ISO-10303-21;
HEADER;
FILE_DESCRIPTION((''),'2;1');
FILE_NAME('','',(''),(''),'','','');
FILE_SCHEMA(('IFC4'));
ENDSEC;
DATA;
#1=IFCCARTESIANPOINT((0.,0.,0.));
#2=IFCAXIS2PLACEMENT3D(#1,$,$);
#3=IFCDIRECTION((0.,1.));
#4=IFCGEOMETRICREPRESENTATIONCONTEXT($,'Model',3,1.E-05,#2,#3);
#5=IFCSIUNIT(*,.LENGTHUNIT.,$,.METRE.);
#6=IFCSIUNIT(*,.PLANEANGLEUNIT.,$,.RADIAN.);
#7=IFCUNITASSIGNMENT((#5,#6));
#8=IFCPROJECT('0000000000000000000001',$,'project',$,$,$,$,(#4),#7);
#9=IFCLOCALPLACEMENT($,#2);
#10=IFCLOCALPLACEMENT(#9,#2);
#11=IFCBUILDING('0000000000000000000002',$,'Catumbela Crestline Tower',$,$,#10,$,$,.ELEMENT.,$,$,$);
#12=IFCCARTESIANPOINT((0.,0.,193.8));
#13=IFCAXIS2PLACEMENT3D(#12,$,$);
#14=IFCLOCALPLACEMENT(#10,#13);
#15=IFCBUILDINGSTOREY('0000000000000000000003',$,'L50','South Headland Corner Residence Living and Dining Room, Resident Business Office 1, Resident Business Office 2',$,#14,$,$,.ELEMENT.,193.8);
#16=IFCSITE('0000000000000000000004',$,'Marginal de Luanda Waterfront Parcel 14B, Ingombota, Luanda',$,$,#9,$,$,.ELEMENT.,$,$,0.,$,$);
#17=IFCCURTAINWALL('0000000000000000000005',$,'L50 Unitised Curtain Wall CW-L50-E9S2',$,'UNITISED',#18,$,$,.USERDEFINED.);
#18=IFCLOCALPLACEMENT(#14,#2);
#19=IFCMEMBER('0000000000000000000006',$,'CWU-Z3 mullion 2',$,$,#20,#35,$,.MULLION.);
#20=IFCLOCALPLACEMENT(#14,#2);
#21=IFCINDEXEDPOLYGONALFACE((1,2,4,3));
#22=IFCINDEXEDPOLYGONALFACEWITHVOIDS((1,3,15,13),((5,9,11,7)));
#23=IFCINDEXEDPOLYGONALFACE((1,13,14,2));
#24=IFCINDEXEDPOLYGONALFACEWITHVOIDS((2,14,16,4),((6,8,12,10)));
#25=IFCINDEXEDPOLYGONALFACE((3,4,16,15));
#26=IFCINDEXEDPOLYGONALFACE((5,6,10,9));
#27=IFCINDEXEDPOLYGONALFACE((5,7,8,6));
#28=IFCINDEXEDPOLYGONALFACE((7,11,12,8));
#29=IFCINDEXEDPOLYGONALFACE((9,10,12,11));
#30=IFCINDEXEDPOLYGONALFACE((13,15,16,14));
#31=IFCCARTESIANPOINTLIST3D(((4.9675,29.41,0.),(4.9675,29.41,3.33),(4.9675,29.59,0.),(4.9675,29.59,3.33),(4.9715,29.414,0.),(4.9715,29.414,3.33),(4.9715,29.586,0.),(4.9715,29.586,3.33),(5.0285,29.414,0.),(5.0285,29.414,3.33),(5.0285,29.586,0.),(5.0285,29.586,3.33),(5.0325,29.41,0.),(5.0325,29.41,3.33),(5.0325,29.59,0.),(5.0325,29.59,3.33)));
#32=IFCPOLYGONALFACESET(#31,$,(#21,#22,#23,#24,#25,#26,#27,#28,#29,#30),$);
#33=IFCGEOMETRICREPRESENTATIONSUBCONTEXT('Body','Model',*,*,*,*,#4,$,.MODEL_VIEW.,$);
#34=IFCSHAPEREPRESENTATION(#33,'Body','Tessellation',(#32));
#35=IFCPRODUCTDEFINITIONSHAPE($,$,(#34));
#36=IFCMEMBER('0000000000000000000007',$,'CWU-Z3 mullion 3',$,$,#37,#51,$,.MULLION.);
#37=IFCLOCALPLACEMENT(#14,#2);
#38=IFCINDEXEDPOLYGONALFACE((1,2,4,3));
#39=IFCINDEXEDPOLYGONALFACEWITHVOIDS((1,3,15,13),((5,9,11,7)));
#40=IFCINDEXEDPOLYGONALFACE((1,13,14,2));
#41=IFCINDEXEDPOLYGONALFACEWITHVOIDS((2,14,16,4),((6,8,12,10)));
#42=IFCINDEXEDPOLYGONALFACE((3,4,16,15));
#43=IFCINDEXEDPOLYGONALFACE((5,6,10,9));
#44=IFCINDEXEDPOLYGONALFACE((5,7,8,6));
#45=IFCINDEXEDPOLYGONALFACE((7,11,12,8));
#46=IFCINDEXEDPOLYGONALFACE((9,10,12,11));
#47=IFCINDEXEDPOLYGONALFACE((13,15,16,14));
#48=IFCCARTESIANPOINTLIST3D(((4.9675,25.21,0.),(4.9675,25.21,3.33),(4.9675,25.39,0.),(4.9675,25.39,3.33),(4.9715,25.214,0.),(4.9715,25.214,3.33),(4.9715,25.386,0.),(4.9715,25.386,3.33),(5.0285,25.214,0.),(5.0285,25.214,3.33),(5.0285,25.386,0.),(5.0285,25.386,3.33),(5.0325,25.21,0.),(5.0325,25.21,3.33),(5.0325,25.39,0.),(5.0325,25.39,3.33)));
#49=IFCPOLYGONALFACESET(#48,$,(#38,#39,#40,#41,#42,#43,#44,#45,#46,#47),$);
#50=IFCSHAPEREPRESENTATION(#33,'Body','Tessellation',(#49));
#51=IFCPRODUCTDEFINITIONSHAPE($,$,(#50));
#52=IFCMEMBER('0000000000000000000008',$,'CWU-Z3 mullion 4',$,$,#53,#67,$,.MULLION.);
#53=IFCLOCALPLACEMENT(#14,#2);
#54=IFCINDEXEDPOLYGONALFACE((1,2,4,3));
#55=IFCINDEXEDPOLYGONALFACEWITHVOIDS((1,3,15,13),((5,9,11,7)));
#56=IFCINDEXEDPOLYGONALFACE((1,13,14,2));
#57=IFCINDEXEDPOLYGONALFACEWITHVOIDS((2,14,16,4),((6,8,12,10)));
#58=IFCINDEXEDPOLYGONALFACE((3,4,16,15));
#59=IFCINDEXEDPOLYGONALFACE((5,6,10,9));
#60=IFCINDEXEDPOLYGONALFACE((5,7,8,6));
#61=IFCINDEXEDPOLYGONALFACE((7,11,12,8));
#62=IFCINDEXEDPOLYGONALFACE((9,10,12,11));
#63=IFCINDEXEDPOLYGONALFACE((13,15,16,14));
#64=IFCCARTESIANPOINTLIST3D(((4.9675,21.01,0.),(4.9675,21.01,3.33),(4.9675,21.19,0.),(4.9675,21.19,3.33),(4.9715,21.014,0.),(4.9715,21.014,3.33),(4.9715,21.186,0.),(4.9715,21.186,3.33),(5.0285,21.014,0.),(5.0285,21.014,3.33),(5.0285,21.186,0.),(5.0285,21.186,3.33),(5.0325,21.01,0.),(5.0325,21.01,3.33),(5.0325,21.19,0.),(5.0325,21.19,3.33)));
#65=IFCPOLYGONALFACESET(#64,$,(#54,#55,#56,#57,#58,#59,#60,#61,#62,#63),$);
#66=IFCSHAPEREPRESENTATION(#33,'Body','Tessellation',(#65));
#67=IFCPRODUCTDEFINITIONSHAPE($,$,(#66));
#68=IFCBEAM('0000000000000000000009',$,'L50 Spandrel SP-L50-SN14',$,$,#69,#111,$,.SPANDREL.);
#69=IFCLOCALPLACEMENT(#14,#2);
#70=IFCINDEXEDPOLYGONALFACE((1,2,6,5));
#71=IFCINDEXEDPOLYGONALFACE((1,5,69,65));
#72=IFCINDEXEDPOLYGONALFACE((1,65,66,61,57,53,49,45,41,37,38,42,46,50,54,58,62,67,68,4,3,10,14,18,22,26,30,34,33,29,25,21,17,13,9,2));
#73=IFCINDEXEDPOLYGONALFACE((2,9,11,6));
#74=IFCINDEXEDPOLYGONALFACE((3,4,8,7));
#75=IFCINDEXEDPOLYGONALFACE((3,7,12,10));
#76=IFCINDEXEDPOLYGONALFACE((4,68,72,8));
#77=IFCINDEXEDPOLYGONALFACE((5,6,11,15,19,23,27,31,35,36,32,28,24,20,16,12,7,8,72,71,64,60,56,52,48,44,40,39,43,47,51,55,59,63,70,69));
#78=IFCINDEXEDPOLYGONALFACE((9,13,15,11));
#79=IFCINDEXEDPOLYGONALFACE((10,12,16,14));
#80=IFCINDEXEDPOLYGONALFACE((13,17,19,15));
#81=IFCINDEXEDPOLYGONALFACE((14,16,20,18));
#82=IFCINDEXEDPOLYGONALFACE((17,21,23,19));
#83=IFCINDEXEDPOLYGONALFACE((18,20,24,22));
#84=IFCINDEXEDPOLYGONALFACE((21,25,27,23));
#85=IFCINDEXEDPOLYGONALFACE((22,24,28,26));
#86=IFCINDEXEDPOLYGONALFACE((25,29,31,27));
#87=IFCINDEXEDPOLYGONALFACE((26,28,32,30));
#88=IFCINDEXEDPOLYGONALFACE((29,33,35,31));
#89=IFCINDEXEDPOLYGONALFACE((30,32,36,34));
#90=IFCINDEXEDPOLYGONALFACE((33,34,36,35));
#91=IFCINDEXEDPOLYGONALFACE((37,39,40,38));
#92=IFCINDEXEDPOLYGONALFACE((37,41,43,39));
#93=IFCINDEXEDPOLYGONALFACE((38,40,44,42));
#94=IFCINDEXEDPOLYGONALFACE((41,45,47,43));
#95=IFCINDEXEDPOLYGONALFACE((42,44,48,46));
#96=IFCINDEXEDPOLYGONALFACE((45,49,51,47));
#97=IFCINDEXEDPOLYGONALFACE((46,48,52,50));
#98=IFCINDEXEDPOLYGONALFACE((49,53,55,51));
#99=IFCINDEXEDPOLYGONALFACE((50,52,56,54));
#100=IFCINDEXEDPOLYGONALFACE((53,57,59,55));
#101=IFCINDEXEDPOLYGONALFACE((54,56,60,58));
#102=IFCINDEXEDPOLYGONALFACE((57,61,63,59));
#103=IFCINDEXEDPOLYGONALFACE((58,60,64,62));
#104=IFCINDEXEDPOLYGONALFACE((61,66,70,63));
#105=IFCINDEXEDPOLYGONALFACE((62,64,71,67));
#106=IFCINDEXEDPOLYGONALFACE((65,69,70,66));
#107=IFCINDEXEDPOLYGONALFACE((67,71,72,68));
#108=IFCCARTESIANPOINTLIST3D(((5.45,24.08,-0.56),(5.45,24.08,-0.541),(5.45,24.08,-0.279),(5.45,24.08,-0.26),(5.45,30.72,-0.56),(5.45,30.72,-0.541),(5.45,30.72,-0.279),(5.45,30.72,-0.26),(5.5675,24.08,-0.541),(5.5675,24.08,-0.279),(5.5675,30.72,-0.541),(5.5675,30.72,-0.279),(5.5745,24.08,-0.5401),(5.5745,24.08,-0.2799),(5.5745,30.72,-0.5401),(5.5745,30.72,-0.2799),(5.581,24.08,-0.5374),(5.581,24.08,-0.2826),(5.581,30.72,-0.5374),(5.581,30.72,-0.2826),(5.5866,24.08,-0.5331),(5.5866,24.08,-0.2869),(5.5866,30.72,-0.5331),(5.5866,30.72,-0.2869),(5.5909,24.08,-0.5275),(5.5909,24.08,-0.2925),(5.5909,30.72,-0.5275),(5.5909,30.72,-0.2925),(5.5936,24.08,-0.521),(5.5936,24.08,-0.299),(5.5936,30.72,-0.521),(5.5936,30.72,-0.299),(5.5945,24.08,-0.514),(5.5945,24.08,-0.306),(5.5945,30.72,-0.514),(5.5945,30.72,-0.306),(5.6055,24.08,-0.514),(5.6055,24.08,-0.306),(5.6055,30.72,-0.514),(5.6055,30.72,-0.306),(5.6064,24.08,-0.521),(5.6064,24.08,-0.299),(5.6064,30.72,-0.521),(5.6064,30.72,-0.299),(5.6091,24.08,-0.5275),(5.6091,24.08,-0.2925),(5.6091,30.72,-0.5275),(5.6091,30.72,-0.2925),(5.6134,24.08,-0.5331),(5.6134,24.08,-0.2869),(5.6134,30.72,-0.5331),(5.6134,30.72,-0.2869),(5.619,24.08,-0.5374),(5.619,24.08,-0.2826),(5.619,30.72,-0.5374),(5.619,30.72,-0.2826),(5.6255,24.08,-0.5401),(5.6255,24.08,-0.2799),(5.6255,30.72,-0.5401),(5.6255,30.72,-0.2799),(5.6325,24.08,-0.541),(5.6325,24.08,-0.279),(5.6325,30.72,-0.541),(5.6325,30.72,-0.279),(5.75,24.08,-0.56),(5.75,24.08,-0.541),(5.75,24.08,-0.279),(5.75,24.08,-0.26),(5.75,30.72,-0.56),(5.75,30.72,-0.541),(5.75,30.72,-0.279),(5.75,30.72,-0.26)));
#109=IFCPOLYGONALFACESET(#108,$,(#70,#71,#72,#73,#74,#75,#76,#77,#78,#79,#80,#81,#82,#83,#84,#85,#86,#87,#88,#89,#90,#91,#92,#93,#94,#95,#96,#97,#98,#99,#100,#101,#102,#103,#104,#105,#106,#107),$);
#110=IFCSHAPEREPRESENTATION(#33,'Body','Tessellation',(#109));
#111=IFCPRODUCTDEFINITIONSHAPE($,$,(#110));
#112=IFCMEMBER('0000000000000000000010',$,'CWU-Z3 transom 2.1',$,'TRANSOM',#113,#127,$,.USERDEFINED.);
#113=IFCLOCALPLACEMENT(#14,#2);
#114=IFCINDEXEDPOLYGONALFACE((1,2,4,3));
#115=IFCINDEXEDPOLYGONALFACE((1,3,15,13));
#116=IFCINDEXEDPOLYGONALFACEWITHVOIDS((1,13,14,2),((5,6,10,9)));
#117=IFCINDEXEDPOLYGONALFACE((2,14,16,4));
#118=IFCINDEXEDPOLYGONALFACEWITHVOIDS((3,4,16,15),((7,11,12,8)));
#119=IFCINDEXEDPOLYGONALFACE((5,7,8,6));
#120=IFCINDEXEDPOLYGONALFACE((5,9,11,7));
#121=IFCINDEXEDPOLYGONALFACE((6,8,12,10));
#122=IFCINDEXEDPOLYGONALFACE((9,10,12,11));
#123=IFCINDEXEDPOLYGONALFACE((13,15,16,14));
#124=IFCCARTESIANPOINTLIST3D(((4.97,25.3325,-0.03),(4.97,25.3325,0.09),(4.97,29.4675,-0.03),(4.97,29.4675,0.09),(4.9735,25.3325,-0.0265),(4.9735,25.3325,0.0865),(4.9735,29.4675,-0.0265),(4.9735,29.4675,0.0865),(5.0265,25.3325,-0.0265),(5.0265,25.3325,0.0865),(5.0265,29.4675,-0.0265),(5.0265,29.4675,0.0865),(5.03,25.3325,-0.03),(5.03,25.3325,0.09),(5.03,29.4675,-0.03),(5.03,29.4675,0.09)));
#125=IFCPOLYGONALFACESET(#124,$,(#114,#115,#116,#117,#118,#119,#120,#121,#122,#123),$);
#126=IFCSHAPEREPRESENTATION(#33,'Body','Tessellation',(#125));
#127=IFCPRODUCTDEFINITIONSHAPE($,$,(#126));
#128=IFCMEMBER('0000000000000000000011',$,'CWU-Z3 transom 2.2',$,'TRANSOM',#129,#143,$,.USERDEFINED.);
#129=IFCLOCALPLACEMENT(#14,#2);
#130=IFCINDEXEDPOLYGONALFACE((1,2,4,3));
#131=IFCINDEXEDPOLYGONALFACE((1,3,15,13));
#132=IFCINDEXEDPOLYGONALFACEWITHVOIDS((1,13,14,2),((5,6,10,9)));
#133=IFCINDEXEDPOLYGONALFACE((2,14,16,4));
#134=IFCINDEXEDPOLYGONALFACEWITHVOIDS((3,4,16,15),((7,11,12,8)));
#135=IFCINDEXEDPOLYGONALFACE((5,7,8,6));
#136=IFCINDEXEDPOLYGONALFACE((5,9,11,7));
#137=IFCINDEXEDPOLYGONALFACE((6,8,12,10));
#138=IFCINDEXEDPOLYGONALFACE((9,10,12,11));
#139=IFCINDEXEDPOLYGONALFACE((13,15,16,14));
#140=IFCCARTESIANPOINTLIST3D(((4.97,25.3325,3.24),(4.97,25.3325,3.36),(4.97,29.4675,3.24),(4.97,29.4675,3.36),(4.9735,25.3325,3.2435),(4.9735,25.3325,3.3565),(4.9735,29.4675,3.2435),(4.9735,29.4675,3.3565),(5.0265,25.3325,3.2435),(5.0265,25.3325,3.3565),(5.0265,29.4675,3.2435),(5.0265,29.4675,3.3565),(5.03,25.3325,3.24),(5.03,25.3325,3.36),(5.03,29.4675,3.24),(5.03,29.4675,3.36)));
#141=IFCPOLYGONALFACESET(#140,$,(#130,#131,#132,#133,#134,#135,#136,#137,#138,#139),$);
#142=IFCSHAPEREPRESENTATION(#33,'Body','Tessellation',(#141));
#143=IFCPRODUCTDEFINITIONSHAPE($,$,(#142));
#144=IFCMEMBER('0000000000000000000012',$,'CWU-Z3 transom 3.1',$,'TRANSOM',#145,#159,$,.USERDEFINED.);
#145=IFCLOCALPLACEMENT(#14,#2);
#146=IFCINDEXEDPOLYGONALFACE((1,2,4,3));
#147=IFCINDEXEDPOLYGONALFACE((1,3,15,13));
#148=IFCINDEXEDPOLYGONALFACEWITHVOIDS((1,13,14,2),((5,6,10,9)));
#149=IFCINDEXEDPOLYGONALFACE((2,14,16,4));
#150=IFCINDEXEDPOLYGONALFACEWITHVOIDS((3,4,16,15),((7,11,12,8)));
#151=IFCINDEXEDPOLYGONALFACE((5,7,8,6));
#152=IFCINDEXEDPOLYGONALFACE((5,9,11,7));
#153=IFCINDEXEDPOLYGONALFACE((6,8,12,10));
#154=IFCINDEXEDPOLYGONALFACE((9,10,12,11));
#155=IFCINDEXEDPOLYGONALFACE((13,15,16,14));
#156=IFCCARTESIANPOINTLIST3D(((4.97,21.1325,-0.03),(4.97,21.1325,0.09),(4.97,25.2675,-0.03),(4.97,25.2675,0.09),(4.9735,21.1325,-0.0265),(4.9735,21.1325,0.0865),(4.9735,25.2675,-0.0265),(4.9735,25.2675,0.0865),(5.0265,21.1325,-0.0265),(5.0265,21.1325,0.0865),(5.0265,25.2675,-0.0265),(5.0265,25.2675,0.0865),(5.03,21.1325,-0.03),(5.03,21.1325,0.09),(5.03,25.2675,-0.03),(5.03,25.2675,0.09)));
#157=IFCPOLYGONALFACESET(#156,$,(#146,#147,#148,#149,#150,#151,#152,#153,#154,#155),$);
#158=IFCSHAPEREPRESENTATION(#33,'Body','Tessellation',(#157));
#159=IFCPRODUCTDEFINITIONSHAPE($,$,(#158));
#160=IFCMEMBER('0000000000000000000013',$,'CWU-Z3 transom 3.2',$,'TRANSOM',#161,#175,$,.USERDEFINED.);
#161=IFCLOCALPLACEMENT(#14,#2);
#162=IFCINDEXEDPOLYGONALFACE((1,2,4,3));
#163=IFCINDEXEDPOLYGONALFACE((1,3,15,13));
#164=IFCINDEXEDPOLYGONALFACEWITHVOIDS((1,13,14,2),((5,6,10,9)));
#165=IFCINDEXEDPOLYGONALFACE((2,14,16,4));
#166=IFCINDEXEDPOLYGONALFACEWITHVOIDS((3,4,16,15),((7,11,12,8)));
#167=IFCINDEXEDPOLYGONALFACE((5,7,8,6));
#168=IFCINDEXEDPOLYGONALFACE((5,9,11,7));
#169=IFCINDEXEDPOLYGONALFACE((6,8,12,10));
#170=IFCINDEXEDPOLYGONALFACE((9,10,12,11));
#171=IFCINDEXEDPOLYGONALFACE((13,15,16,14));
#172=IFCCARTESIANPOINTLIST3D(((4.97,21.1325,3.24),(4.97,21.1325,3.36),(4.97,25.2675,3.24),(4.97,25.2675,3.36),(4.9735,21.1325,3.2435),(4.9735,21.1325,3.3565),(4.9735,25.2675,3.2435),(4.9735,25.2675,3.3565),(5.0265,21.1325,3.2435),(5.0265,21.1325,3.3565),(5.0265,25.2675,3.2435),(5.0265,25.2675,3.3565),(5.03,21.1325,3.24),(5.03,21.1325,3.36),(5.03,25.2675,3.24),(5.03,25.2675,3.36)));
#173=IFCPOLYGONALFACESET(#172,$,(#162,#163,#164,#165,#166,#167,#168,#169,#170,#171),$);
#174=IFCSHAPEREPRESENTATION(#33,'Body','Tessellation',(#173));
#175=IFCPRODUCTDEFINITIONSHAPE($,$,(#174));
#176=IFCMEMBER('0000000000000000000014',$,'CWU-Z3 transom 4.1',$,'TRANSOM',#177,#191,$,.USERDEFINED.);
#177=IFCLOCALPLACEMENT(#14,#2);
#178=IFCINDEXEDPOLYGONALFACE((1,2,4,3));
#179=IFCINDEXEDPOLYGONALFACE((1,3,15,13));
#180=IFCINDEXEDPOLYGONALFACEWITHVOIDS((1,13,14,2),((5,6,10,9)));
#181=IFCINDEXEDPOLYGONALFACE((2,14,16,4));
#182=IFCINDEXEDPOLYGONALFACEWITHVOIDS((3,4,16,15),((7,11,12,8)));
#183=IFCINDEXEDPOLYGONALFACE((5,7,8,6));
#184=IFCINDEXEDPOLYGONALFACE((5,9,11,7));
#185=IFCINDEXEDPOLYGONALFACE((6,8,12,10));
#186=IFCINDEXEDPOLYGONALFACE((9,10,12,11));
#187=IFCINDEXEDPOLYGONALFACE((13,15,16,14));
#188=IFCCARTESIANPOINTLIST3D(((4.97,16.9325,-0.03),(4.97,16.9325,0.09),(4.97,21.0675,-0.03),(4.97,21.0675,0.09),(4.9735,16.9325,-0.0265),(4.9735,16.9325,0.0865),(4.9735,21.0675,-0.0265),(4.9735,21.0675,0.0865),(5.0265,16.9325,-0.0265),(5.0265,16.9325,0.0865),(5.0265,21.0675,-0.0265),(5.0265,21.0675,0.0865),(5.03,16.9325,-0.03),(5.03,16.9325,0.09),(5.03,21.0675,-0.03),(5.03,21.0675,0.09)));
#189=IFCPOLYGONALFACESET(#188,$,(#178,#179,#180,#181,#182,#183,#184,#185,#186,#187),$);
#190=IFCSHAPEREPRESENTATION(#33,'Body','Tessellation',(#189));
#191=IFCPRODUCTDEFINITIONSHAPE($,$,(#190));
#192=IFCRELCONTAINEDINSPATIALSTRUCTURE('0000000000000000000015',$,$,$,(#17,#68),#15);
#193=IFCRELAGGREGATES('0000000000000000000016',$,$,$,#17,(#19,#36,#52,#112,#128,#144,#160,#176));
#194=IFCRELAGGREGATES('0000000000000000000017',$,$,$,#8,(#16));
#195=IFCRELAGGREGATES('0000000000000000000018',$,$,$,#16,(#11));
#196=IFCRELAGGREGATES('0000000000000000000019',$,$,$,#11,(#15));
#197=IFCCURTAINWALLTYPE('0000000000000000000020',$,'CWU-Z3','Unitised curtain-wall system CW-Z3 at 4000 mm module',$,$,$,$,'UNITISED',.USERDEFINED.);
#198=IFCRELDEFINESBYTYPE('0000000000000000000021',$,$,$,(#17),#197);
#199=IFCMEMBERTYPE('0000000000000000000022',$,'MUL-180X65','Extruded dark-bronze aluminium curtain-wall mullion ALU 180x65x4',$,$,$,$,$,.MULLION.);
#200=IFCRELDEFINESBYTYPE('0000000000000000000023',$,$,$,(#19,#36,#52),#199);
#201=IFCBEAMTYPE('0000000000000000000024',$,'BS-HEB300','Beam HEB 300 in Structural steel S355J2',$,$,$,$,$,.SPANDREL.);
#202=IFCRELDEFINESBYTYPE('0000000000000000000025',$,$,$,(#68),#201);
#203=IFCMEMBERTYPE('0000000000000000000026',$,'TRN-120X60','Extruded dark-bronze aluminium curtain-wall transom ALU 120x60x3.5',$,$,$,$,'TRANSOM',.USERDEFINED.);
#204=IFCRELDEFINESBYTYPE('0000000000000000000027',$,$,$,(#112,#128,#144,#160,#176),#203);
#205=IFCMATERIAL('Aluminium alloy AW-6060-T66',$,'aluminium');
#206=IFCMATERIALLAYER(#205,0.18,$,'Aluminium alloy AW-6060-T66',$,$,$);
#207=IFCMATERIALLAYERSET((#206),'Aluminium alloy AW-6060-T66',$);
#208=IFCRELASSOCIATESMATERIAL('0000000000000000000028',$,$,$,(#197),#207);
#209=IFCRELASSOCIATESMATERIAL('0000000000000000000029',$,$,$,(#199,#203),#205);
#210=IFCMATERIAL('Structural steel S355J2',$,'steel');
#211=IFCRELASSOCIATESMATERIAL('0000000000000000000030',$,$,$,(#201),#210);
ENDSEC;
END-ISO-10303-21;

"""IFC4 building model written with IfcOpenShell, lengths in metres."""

from ifc_helpers import new_model, si_unit, direction, frame, origin, origin_2d, place, context, subcontext, project, spatial, hollow_rectangle, i_section, extrude, material, layer, layer_set, material_profile, profile_set, type_object, element, aggregate, save


model = new_model("IFC4")

# Units and contexts
model_context = context("Model", 3, precision=1e-05, world=origin(), true_north=direction((0.0, 1.0)))
body_context = subcontext(model_context, "Body", "Model", "MODEL_VIEW")
ifc_project = project(units=[si_unit("LENGTHUNIT", "METRE"), si_unit("PLANEANGLEUNIT", "RADIAN")], contexts=[model_context])

# Site, building, storey
site_placement = place(None, origin())
site = spatial("IfcSite", under=ifc_project, at=site_placement, Name="Marginal de Luanda Waterfront Parcel 14B, Ingombota, Luanda", CompositionType="ELEMENT", RefElevation=0.0)
building_placement = place(site_placement, origin())
building = spatial("IfcBuilding", under=site, at=building_placement, Name="Catumbela Crestline Tower", CompositionType="ELEMENT")
storey_placement = place(building_placement, frame((0.0, 0.0, 193.8)))
storey = spatial("IfcBuildingStorey", under=building, at=storey_placement, Name="L50", Description="South Headland Corner Residence Living and Dining Room, Resident Business Office 1, Resident Business Office 2", CompositionType="ELEMENT", Elevation=193.8)

# Shared definitions
ifc_material_1 = material(Name="Structural steel S355J2", Category="steel")

# Curtain wall, members
ifc_material_2 = material(Name="Aluminium alloy AW-6060-T66", Category="aluminium")
ifc_layer_1 = layer(ifc_material_2, 0.18, Name="Aluminium alloy AW-6060-T66")
ifc_layer_set_1 = layer_set([ifc_layer_1], Name="Aluminium alloy AW-6060-T66")
curtain_wall_type = type_object("IfcCurtainWallType", Name="CWU-Z3", Description="Unitised curtain-wall system CW-Z3 at 4000 mm module", ElementType="UNITISED", PredefinedType="USERDEFINED", material=ifc_layer_set_1)
curtain_wall_placement = place(storey_placement, origin())
curtain_wall = element("IfcCurtainWall", 1, at=curtain_wall_placement, inside=storey, type_object=curtain_wall_type, Name="L50 Unitised Curtain Wall CW-L50-E9S2", ObjectType="UNITISED", PredefinedType="USERDEFINED")
ifc_material_profile_1 = material_profile(ifc_material_2, hollow_rectangle(XDim=0.065, YDim=0.18, WallThickness=0.004, at=origin_2d()), Name="ALU 180x65x4")
ifc_profile_set_1 = profile_set([ifc_material_profile_1], Name="Aluminium alloy AW-6060-T66")
member_type_1 = type_object("IfcMemberType", Name="MUL-180X65", Description="Extruded dark-bronze aluminium curtain-wall mullion ALU 180x65x4", PredefinedType="MULLION", material=ifc_profile_set_1)
member_1_placement = place(storey_placement, frame((5.0, 29.5, 0.0), z_axis=(0.0, 0.0, 1.0), x_axis=(1.0, 0.0, 0.0)))
member_1 = element("IfcMember", 2, at=member_1_placement, type_object=member_type_1, Name="CWU-Z3 mullion 2", PredefinedType="MULLION", context=body_context, shape_type="SweptSolid", body=[
    extrude(hollow_rectangle(XDim=0.065, YDim=0.18, WallThickness=0.004, at=origin_2d()), origin(), (0.0, 0.0, 1.0), 3.33),
])
member_2_placement = place(storey_placement, frame((5.0, 25.3, 0.0), z_axis=(0.0, 0.0, 1.0), x_axis=(1.0, 0.0, 0.0)))
member_2 = element("IfcMember", 3, at=member_2_placement, type_object=member_type_1, Name="CWU-Z3 mullion 3", PredefinedType="MULLION", context=body_context, shape_type="SweptSolid", body=[
    extrude(hollow_rectangle(XDim=0.065, YDim=0.18, WallThickness=0.004, at=origin_2d()), origin(), (0.0, 0.0, 1.0), 3.33),
])
member_3_placement = place(storey_placement, frame((5.0, 21.1, 0.0), z_axis=(0.0, 0.0, 1.0), x_axis=(1.0, 0.0, 0.0)))
member_3 = element("IfcMember", 4, at=member_3_placement, type_object=member_type_1, Name="CWU-Z3 mullion 4", PredefinedType="MULLION", context=body_context, shape_type="SweptSolid", body=[
    extrude(hollow_rectangle(XDim=0.065, YDim=0.18, WallThickness=0.004, at=origin_2d()), origin(), (0.0, 0.0, 1.0), 3.33),
])

# Beam
ifc_material_profile_2 = material_profile(ifc_material_1, i_section(OverallWidth=0.3, OverallDepth=0.3, WebThickness=0.011, FlangeThickness=0.019, FilletRadius=0.027, at=origin_2d()), Name="HEB 300")
ifc_profile_set_2 = profile_set([ifc_material_profile_2], Name="Structural steel S355J2")
beam_type_1 = type_object("IfcBeamType", Name="BS-HEB300", Description="Beam HEB 300 in Structural steel S355J2", PredefinedType="SPANDREL", material=ifc_profile_set_2)
beam_placement = place(storey_placement, frame((5.6, 24.08, -0.41), z_axis=(0.0, 1.0, 0.0), x_axis=(-1.0, 0.0, 0.0)))
element("IfcBeam", 5, at=beam_placement, inside=storey, type_object=beam_type_1, Name="L50 Spandrel SP-L50-SN14", PredefinedType="SPANDREL", context=body_context, shape_type="SweptSolid", body=[
    extrude(i_section(OverallWidth=0.3, OverallDepth=0.3, WebThickness=0.011, FlangeThickness=0.019, FilletRadius=0.027, at=origin_2d()), origin(), (0.0, 0.0, 1.0), 6.64),
])

# Members
ifc_material_profile_3 = material_profile(ifc_material_2, hollow_rectangle(XDim=0.06, YDim=0.12, WallThickness=0.0035, at=origin_2d()), Name="ALU 120x60x3.5")
ifc_profile_set_3 = profile_set([ifc_material_profile_3], Name="Aluminium alloy AW-6060-T66")
member_type_2 = type_object("IfcMemberType", Name="TRN-120X60", Description="Extruded dark-bronze aluminium curtain-wall transom ALU 120x60x3.5", ElementType="TRANSOM", PredefinedType="USERDEFINED", material=ifc_profile_set_3)
member_4_placement = place(storey_placement, frame((5.0, 29.4675, 0.03), z_axis=(0.0, -1.0, 0.0), x_axis=(1.0, 0.0, 0.0)))
member_4 = element("IfcMember", 6, at=member_4_placement, type_object=member_type_2, Name="CWU-Z3 transom 2.1", ObjectType="TRANSOM", PredefinedType="USERDEFINED", context=body_context, shape_type="SweptSolid", body=[
    extrude(hollow_rectangle(XDim=0.06, YDim=0.12, WallThickness=0.0035, at=origin_2d()), origin(), (0.0, 0.0, 1.0), 4.135),
])
member_5_placement = place(storey_placement, frame((5.0, 29.4675, 3.3), z_axis=(0.0, -1.0, 0.0), x_axis=(1.0, 0.0, 0.0)))
member_5 = element("IfcMember", 7, at=member_5_placement, type_object=member_type_2, Name="CWU-Z3 transom 2.2", ObjectType="TRANSOM", PredefinedType="USERDEFINED", context=body_context, shape_type="SweptSolid", body=[
    extrude(hollow_rectangle(XDim=0.06, YDim=0.12, WallThickness=0.0035, at=origin_2d()), origin(), (0.0, 0.0, 1.0), 4.135),
])
member_6_placement = place(storey_placement, frame((5.0, 25.2675, 0.03), z_axis=(0.0, -1.0, 0.0), x_axis=(1.0, 0.0, 0.0)))
member_6 = element("IfcMember", 8, at=member_6_placement, type_object=member_type_2, Name="CWU-Z3 transom 3.1", ObjectType="TRANSOM", PredefinedType="USERDEFINED", context=body_context, shape_type="SweptSolid", body=[
    extrude(hollow_rectangle(XDim=0.06, YDim=0.12, WallThickness=0.0035, at=origin_2d()), origin(), (0.0, 0.0, 1.0), 4.135),
])
member_7_placement = place(storey_placement, frame((5.0, 25.2675, 3.3), z_axis=(0.0, -1.0, 0.0), x_axis=(1.0, 0.0, 0.0)))
member_7 = element("IfcMember", 9, at=member_7_placement, type_object=member_type_2, Name="CWU-Z3 transom 3.2", ObjectType="TRANSOM", PredefinedType="USERDEFINED", context=body_context, shape_type="SweptSolid", body=[
    extrude(hollow_rectangle(XDim=0.06, YDim=0.12, WallThickness=0.0035, at=origin_2d()), origin(), (0.0, 0.0, 1.0), 4.135),
])
member_8_placement = place(storey_placement, frame((5.0, 21.0675, 0.03), z_axis=(0.0, -1.0, 0.0), x_axis=(1.0, 0.0, 0.0)))
member_8 = element("IfcMember", 10, at=member_8_placement, type_object=member_type_2, Name="CWU-Z3 transom 4.1", ObjectType="TRANSOM", PredefinedType="USERDEFINED", context=body_context, shape_type="SweptSolid", body=[
    extrude(hollow_rectangle(XDim=0.06, YDim=0.12, WallThickness=0.0035, at=origin_2d()), origin(), (0.0, 0.0, 1.0), 4.135),
])

aggregate(curtain_wall, [member_1, member_2, member_3, member_4, member_5, member_6, member_7, member_8])

save(model, "model.ifc")
